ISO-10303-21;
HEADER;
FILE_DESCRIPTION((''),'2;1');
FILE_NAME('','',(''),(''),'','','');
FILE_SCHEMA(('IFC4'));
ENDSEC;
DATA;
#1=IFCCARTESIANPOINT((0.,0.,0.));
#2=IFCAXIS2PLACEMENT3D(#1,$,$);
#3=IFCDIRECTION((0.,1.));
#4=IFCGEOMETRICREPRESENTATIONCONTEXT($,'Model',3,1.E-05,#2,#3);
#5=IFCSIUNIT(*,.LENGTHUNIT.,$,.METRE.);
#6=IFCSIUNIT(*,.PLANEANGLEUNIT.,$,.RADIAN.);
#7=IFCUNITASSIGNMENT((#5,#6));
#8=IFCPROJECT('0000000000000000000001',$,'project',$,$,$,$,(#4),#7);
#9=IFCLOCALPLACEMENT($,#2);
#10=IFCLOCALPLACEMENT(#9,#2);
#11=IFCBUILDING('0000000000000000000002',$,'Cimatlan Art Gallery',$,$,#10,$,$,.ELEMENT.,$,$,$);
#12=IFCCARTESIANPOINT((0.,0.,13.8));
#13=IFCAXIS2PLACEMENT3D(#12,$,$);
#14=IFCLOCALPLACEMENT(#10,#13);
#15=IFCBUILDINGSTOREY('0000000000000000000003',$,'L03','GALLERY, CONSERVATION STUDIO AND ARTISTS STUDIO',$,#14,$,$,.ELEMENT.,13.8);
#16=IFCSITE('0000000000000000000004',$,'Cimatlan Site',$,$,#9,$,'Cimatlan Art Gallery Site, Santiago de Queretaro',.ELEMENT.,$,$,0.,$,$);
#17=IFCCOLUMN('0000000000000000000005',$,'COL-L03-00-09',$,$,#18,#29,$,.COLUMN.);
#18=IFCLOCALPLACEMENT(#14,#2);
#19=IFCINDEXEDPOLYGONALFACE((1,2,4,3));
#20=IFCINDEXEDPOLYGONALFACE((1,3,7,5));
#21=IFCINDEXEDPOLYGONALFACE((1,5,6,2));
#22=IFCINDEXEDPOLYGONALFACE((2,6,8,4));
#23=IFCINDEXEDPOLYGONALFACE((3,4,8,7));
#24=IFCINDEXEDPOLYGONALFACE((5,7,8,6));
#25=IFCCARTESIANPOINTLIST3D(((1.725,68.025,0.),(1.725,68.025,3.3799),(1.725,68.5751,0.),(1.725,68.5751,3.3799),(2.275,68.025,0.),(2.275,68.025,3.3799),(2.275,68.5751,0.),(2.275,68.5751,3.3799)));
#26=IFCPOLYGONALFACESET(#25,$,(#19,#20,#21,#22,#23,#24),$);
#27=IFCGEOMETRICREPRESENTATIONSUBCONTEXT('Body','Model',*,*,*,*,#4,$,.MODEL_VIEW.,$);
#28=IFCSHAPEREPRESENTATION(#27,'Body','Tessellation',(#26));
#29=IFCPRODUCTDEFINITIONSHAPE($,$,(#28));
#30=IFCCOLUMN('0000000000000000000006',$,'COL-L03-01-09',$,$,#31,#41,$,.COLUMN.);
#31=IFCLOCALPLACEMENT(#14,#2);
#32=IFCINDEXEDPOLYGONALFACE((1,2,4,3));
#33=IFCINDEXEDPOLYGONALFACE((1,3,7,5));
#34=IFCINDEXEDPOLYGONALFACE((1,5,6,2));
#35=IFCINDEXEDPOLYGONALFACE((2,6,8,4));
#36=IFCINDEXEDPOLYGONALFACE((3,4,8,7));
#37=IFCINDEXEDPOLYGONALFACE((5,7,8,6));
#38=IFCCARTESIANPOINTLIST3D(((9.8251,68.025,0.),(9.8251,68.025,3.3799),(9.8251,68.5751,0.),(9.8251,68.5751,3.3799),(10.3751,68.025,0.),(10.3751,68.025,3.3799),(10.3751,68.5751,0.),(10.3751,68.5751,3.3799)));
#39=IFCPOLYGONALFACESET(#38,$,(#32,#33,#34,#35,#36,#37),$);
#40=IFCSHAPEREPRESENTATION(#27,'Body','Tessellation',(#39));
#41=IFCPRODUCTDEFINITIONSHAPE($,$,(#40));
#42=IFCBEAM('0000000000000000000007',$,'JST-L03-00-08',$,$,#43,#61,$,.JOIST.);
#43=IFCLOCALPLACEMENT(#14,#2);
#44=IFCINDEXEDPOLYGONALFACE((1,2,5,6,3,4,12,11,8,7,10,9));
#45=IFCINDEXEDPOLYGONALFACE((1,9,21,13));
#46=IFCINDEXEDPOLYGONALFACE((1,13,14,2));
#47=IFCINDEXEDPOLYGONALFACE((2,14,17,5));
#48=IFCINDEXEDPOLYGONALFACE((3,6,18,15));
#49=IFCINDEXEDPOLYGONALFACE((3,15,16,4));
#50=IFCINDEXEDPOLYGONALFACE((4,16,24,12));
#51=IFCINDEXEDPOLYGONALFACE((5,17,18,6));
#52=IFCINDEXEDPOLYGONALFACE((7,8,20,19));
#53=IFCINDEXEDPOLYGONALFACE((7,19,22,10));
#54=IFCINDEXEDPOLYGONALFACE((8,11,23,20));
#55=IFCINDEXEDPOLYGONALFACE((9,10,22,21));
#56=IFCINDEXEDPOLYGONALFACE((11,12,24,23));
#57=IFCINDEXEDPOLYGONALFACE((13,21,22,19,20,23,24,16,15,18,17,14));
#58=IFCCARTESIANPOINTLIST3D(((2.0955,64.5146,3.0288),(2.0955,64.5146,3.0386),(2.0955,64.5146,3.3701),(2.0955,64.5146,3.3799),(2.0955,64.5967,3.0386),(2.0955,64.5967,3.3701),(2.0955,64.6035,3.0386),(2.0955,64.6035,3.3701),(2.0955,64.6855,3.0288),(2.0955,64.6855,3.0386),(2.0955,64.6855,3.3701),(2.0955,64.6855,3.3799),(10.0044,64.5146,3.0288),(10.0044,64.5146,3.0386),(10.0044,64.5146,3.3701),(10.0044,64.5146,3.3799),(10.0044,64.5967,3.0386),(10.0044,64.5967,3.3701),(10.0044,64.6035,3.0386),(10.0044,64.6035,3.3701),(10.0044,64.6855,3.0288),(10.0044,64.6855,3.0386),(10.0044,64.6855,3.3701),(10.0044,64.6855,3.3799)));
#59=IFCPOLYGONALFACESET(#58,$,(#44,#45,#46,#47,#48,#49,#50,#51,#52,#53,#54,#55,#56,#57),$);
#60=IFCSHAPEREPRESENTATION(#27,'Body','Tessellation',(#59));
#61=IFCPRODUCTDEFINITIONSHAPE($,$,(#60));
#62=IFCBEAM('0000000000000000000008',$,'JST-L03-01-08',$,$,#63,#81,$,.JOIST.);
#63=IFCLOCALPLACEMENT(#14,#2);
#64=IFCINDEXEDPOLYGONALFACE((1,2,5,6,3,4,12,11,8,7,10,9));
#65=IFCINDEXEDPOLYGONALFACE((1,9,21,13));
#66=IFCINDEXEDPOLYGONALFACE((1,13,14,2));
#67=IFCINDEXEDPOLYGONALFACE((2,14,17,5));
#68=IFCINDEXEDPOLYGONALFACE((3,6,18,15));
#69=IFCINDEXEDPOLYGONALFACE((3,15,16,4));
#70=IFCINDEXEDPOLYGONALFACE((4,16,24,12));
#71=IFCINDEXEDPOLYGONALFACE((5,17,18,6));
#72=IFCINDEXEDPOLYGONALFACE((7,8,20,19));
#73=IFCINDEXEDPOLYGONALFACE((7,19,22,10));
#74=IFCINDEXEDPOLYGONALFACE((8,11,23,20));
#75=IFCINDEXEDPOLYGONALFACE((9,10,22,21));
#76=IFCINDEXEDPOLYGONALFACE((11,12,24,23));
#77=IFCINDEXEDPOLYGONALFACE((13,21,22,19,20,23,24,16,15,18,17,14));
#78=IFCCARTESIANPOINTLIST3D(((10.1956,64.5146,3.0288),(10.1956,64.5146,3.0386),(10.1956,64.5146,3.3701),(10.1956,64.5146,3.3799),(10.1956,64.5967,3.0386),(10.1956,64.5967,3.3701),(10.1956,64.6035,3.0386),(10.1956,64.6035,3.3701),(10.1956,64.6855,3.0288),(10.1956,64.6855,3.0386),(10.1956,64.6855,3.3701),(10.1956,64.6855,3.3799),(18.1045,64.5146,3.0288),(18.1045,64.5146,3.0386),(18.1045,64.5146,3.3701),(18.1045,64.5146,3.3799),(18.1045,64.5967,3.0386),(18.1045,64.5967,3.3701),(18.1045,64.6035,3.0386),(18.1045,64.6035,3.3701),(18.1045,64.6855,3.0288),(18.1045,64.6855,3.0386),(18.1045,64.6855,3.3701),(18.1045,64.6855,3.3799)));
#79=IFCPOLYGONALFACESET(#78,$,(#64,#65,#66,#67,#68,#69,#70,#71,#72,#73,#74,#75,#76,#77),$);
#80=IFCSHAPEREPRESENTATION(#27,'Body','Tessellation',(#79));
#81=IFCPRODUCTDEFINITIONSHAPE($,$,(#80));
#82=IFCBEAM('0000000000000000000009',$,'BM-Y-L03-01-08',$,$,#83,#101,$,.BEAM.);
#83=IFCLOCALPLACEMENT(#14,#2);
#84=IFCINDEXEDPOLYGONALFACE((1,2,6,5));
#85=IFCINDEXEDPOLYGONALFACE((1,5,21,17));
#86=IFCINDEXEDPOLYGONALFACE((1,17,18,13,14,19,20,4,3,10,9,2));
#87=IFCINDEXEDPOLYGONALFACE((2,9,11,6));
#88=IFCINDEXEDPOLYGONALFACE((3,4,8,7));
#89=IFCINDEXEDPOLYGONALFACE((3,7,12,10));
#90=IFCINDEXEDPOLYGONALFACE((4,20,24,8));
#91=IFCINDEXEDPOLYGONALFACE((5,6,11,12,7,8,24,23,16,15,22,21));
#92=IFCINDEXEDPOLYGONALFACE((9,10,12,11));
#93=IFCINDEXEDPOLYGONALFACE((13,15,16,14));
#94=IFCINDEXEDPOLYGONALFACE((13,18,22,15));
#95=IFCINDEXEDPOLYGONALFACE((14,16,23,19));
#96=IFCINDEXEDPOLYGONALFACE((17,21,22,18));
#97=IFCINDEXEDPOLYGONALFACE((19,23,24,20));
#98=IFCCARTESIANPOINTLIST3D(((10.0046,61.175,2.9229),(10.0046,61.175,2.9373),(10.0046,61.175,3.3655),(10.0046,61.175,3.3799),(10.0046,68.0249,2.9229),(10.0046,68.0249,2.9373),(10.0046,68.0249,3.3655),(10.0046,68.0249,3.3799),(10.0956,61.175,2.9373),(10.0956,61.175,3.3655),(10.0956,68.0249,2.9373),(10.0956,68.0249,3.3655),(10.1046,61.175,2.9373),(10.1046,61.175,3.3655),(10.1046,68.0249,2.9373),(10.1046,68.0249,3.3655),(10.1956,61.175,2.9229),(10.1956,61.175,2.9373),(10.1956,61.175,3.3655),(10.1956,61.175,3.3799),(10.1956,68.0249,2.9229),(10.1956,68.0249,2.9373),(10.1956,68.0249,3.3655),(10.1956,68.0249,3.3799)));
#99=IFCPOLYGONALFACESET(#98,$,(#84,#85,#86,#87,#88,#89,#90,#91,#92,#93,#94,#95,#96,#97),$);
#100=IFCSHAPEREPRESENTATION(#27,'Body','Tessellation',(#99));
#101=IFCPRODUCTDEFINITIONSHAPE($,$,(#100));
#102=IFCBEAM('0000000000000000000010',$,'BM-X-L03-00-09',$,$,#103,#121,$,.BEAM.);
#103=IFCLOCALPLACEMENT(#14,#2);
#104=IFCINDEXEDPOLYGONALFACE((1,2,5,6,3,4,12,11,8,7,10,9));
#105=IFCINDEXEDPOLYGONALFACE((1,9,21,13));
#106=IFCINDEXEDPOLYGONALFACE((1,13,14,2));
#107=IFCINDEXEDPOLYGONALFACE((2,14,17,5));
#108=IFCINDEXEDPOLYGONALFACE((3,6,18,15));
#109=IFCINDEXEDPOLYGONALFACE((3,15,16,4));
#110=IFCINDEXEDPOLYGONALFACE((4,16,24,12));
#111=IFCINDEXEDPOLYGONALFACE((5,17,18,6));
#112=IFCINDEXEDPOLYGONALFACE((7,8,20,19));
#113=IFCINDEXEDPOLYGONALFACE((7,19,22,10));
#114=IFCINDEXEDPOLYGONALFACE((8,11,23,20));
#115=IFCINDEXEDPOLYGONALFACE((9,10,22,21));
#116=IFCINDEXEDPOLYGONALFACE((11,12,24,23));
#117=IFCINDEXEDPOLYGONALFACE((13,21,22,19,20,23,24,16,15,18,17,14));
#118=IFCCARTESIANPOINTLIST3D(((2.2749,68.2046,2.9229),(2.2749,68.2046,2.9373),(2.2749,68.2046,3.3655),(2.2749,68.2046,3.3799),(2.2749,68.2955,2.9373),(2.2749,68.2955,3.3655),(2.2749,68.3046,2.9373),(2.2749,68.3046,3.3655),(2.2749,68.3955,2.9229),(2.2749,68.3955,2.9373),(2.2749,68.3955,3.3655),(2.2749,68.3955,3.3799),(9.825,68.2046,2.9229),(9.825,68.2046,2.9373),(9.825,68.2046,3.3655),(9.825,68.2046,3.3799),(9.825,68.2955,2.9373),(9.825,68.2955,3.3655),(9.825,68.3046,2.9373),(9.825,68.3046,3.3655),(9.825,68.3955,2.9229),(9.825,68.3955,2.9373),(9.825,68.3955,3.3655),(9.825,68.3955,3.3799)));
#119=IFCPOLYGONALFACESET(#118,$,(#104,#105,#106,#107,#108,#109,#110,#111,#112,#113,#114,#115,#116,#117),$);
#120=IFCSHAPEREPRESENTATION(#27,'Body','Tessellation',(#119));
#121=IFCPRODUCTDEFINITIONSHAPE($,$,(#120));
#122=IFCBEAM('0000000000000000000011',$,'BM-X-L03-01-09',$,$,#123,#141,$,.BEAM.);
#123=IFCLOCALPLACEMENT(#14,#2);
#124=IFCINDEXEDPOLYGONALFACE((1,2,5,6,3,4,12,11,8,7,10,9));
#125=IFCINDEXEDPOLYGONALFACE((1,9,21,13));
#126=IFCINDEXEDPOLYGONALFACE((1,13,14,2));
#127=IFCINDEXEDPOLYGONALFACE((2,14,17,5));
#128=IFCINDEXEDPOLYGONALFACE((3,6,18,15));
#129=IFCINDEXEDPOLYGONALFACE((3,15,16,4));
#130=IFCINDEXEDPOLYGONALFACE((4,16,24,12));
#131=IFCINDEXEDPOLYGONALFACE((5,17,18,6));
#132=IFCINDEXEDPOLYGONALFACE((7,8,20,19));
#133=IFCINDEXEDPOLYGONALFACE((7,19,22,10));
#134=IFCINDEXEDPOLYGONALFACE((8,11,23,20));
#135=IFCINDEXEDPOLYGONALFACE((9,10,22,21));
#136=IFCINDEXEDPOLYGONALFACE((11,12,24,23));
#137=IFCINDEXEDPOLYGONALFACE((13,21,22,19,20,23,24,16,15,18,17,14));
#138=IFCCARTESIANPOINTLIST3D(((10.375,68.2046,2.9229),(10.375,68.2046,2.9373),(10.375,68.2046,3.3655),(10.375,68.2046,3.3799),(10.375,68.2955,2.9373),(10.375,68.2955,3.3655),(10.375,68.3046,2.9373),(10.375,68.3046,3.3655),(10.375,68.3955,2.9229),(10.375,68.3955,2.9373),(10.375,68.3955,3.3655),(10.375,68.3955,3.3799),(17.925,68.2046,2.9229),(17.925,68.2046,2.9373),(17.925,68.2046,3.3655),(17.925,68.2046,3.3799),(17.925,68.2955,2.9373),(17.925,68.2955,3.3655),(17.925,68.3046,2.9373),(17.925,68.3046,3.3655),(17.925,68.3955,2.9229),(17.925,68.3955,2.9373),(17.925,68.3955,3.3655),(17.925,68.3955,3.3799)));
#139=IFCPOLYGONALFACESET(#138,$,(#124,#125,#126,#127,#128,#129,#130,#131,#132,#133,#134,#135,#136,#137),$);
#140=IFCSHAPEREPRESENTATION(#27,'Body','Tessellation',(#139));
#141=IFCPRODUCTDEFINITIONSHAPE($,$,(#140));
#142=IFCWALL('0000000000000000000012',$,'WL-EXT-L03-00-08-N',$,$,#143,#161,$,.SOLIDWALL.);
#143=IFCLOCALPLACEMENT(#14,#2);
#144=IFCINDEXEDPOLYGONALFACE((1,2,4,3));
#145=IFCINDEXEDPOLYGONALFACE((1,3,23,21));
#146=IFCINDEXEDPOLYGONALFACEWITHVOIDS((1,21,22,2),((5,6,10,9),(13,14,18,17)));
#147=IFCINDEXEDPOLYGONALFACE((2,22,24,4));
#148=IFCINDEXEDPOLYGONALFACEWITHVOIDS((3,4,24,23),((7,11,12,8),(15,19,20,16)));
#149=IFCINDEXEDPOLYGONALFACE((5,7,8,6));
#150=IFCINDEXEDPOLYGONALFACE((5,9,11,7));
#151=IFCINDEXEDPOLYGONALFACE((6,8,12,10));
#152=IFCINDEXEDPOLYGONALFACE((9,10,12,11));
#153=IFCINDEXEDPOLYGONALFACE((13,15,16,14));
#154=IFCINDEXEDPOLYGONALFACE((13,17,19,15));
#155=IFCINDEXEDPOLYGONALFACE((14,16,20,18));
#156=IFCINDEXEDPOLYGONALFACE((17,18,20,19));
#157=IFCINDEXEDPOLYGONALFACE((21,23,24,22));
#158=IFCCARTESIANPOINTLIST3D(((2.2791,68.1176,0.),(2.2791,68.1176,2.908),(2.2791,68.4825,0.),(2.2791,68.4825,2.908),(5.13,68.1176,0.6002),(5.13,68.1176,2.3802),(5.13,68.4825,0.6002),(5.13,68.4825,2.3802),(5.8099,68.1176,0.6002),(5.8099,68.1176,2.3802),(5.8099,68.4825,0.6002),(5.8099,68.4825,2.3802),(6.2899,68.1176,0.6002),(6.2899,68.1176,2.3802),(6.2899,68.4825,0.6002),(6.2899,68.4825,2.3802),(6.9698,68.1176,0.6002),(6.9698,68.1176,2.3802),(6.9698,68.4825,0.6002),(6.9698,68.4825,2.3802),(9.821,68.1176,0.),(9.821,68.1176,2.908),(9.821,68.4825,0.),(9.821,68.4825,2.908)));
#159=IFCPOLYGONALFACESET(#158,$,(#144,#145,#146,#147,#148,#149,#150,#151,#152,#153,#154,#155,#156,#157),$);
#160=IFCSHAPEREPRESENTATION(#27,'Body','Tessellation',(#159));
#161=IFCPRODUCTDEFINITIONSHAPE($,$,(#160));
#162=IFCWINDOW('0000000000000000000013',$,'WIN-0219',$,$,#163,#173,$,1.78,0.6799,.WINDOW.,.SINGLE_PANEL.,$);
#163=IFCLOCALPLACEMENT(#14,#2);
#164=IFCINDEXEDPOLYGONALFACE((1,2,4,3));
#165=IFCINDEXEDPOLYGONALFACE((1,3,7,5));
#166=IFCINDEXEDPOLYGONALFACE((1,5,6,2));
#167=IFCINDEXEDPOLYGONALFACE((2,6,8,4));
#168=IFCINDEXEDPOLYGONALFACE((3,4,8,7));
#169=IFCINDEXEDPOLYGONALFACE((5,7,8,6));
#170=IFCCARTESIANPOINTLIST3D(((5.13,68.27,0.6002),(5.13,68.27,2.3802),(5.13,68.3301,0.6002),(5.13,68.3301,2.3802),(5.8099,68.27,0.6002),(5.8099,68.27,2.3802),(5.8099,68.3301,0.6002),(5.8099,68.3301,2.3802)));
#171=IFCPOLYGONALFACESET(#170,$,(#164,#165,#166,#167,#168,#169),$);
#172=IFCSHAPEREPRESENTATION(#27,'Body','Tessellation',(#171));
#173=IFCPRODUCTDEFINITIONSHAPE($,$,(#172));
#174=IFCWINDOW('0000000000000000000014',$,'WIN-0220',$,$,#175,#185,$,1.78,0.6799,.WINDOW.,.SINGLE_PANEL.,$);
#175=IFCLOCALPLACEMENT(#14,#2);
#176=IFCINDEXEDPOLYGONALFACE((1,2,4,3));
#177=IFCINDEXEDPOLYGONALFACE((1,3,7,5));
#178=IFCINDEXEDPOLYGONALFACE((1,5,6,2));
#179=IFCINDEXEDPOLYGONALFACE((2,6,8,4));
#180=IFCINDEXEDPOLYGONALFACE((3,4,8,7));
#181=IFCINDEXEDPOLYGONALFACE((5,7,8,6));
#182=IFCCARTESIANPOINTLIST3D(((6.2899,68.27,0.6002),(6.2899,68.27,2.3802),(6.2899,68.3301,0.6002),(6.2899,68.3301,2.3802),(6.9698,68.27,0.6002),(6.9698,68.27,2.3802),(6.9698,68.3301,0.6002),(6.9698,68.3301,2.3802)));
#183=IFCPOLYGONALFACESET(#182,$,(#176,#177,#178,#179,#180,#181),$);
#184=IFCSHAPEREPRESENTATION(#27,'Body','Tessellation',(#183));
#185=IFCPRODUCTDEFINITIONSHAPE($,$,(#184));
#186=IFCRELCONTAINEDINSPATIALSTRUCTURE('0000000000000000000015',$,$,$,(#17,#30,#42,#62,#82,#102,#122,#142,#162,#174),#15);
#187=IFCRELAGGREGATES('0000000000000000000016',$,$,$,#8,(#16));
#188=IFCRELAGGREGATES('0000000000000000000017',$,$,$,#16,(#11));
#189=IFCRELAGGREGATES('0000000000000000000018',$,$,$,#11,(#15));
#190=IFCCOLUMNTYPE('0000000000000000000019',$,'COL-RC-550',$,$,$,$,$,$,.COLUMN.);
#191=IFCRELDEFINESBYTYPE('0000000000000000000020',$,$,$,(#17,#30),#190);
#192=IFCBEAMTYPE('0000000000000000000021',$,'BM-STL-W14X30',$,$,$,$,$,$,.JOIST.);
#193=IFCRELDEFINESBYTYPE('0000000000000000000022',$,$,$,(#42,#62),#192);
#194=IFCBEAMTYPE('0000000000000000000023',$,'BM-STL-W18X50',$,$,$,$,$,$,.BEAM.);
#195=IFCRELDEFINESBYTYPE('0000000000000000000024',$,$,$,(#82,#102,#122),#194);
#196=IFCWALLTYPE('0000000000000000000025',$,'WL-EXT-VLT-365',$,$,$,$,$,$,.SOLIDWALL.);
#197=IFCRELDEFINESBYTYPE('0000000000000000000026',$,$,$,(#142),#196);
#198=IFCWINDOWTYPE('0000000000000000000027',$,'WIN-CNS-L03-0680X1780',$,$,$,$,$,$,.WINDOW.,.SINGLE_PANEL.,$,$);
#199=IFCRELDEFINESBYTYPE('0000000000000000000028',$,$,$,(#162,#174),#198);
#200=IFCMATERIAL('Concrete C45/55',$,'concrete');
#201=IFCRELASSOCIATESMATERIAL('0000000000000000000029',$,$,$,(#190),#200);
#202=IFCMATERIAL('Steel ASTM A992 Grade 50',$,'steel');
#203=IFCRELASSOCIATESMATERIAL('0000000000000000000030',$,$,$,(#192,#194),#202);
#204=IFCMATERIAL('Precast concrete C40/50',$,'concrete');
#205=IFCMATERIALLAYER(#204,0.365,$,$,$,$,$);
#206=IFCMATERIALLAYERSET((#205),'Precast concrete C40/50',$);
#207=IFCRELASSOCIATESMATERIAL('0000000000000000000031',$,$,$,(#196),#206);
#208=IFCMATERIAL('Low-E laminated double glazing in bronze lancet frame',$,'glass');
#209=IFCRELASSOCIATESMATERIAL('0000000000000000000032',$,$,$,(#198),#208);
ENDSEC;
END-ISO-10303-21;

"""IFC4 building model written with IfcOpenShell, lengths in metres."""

from ifc_helpers import new_model, si_unit, direction, frame, frame_2d, origin, origin_2d, place, context, subcontext, project, spatial, rectangle, i_section, extrude, material, layer, layer_set, material_profile, profile_set, type_object, element, fill, save


model = new_model("IFC4")

# Units and contexts
model_context = context("Model", 3, precision=1e-05, world=origin(), true_north=direction((0.0, 1.0)))
body_context = subcontext(model_context, "Body", "Model", "MODEL_VIEW")
ifc_project = project(units=[si_unit("LENGTHUNIT", "METRE"), si_unit("PLANEANGLEUNIT", "RADIAN")], contexts=[model_context])

# Site, building, storey
site_placement = place(None, origin())
site = spatial("IfcSite", under=ifc_project, at=site_placement, Name="Cimatlan Site", LongName="Cimatlan Art Gallery Site, Santiago de Queretaro", CompositionType="ELEMENT", RefElevation=0.0)
building_placement = place(site_placement, origin())
building = spatial("IfcBuilding", under=site, at=building_placement, Name="Cimatlan Art Gallery", CompositionType="ELEMENT")
storey_placement = place(building_placement, frame((0.0, 0.0, 13.8)))
storey = spatial("IfcBuildingStorey", under=building, at=storey_placement, Name="L03", Description="GALLERY, CONSERVATION STUDIO AND ARTISTS STUDIO", CompositionType="ELEMENT", Elevation=13.8)

# Columns
ifc_material_1 = material(Name="Concrete C45/55", Category="concrete")
ifc_material_profile_1 = material_profile(ifc_material_1, rectangle(XDim=0.55, YDim=0.55, at=origin_2d()), Name="RC550X550")
ifc_profile_set_1 = profile_set([ifc_material_profile_1], Name="Concrete C45/55")
column_type = type_object("IfcColumnType", Name="COL-RC-550", PredefinedType="COLUMN", material=ifc_profile_set_1)
for number, where, z_axis, x_axis, name in (
    (1, (2.0, 68.3, 0.0), (0.0, 0.0, 1.0), (1.0, 0.0, 0.0), "COL-L03-00-09"),
    (2, (10.1001, 68.3, 0.0), (0.0, 0.0, 1.0), (1.0, 0.0, 0.0), "COL-L03-01-09"),
):
    element("IfcColumn", number, at=place(storey_placement, frame(where, z_axis=z_axis, x_axis=x_axis)), inside=storey, type_object=column_type, Name=name, PredefinedType="COLUMN", context=body_context, shape_type="SweptSolid", body=[
        extrude(rectangle(XDim=0.55, YDim=0.55, at=origin_2d()), origin(), (0.0, 0.0, 1.0), 3.3799),
    ])

# Beams
ifc_material_2 = material(Name="Steel ASTM A992 Grade 50", Category="steel")
ifc_material_profile_2 = material_profile(ifc_material_2, i_section(OverallWidth=0.1709, OverallDepth=0.3511, WebThickness=0.0068, FlangeThickness=0.0098, at=origin_2d()), Name="W14X30")
ifc_profile_set_2 = profile_set([ifc_material_profile_2], Name="Steel ASTM A992 Grade 50")
beam_type_1 = type_object("IfcBeamType", Name="BM-STL-W14X30", PredefinedType="JOIST", material=ifc_profile_set_2)
for number, where, z_axis, x_axis, name in (
    (3, (2.0955, 64.6001, 3.2043), (1.0, 0.0, 0.0), (0.0, 1.0, 0.0), "JST-L03-00-08"),
    (4, (10.1956, 64.6001, 3.2043), (1.0, 0.0, 0.0), (0.0, 1.0, 0.0), "JST-L03-01-08"),
):
    element("IfcBeam", number, at=place(storey_placement, frame(where, z_axis=z_axis, x_axis=x_axis)), inside=storey, type_object=beam_type_1, Name=name, PredefinedType="JOIST", context=body_context, shape_type="SweptSolid", body=[
        extrude(i_section(OverallWidth=0.1709, OverallDepth=0.3511, WebThickness=0.0068, FlangeThickness=0.0098, at=origin_2d()), origin(), (0.0, 0.0, 1.0), 7.9089),
    ])
ifc_material_profile_3 = material_profile(ifc_material_2, i_section(OverallWidth=0.1909, OverallDepth=0.457, WebThickness=0.009, FlangeThickness=0.0144, at=origin_2d()), Name="W18X50")
ifc_profile_set_3 = profile_set([ifc_material_profile_3], Name="Steel ASTM A992 Grade 50")
beam_type_2 = type_object("IfcBeamType", Name="BM-STL-W18X50", PredefinedType="BEAM", material=ifc_profile_set_3)
beam_placement = place(storey_placement, frame((10.1001, 61.175, 3.1514), z_axis=(0.0, 1.0, 0.0), x_axis=(-1.0, 0.0, 0.0)))
element("IfcBeam", 5, at=beam_placement, inside=storey, type_object=beam_type_2, Name="BM-Y-L03-01-08", PredefinedType="BEAM", context=body_context, shape_type="SweptSolid", body=[
    extrude(i_section(OverallWidth=0.1909, OverallDepth=0.457, WebThickness=0.009, FlangeThickness=0.0144, at=origin_2d()), origin(), (0.0, 0.0, 1.0), 6.8499),
])
for number, where, z_axis, x_axis, name in (
    (6, (2.2749, 68.3, 3.1514), (1.0, 0.0, 0.0), (0.0, 1.0, 0.0), "BM-X-L03-00-09"),
    (7, (10.375, 68.3, 3.1514), (1.0, 0.0, 0.0), (0.0, 1.0, 0.0), "BM-X-L03-01-09"),
):
    element("IfcBeam", number, at=place(storey_placement, frame(where, z_axis=z_axis, x_axis=x_axis)), inside=storey, type_object=beam_type_2, Name=name, PredefinedType="BEAM", context=body_context, shape_type="SweptSolid", body=[
        extrude(i_section(OverallWidth=0.1909, OverallDepth=0.457, WebThickness=0.009, FlangeThickness=0.0144, at=origin_2d()), origin(), (0.0, 0.0, 1.0), 7.55),
    ])

# Wall, openings, windows
ifc_material_3 = material(Name="Precast concrete C40/50", Category="concrete")
ifc_layer_1 = layer(ifc_material_3, 0.365)
ifc_layer_set_1 = layer_set([ifc_layer_1], Name="Precast concrete C40/50")
wall_type = type_object("IfcWallType", Name="WL-EXT-VLT-365", PredefinedType="SOLIDWALL", material=ifc_layer_set_1)
wall_1_placement = place(storey_placement, frame((2.2791, 68.3, 0.0), z_axis=(0.0, 0.0, 1.0), x_axis=(1.0, 0.0, 0.0)))
wall_1 = element("IfcWall", 8, at=wall_1_placement, inside=storey, type_object=wall_type, Name="WL-EXT-L03-00-08-N", PredefinedType="SOLIDWALL", context=body_context, shape_type="SweptSolid", body=[
    extrude(rectangle(XDim=7.542, YDim=0.365, at=frame_2d((3.771, 0.0))), origin(), (0.0, 0.0, 1.0), 2.908),
])
opening_1_placement = place(wall_1_placement, frame((2.8511, 0.0, 0.6001)))
opening_1 = element("IfcOpeningElement", 9, at=opening_1_placement, cuts=wall_1, PredefinedType="OPENING", context=body_context, shape_type="SweptSolid", body=[
    extrude(rectangle(XDim=0.6799, YDim=1.78, at=frame_2d((0.3398, 0.8901))), frame((0.0, 0.1924, 0.0), z_axis=(0.0, -1.0, 0.0), x_axis=(1.0, 0.0, 0.0)), (0.0, 0.0, 1.0), 0.385),
])
opening_2_placement = place(wall_1_placement, frame((4.011, 0.0, 0.6001)))
opening_2 = element("IfcOpeningElement", 10, at=opening_2_placement, cuts=wall_1, PredefinedType="OPENING", context=body_context, shape_type="SweptSolid", body=[
    extrude(rectangle(XDim=0.6799, YDim=1.78, at=frame_2d((0.3398, 0.8901))), frame((0.0, 0.1924, 0.0), z_axis=(0.0, -1.0, 0.0), x_axis=(1.0, 0.0, 0.0)), (0.0, 0.0, 1.0), 0.385),
])
ifc_material_4 = material(Name="Low-E laminated double glazing in bronze lancet frame", Category="glass")
window_type = type_object("IfcWindowType", Name="WIN-CNS-L03-0680X1780", PartitioningType="SINGLE_PANEL", PredefinedType="WINDOW", material=ifc_material_4)
window_1_placement = place(opening_1_placement, origin())
window_1 = element("IfcWindow", 11, at=window_1_placement, inside=storey, type_object=window_type, Name="WIN-0219", OverallHeight=1.78, OverallWidth=0.6799, PartitioningType="SINGLE_PANEL", PredefinedType="WINDOW", context=body_context, shape_type="SweptSolid", body=[
    extrude(rectangle(XDim=0.6799, YDim=1.78, at=frame_2d((0.3398, 0.8901))), frame((0.0, 0.03, 0.0), z_axis=(0.0, -1.0, 0.0), x_axis=(1.0, 0.0, 0.0)), (0.0, 0.0, 1.0), 0.0601),
])
fill(opening_1, window_1)
window_2_placement = place(opening_2_placement, origin())
window_2 = element("IfcWindow", 12, at=window_2_placement, inside=storey, type_object=window_type, Name="WIN-0220", OverallHeight=1.78, OverallWidth=0.6799, PartitioningType="SINGLE_PANEL", PredefinedType="WINDOW", context=body_context, shape_type="SweptSolid", body=[
    extrude(rectangle(XDim=0.6799, YDim=1.78, at=frame_2d((0.3398, 0.8901))), frame((0.0, 0.03, 0.0), z_axis=(0.0, -1.0, 0.0), x_axis=(1.0, 0.0, 0.0)), (0.0, 0.0, 1.0), 0.0601),
])
fill(opening_2, window_2)

save(model, "model.ifc")
